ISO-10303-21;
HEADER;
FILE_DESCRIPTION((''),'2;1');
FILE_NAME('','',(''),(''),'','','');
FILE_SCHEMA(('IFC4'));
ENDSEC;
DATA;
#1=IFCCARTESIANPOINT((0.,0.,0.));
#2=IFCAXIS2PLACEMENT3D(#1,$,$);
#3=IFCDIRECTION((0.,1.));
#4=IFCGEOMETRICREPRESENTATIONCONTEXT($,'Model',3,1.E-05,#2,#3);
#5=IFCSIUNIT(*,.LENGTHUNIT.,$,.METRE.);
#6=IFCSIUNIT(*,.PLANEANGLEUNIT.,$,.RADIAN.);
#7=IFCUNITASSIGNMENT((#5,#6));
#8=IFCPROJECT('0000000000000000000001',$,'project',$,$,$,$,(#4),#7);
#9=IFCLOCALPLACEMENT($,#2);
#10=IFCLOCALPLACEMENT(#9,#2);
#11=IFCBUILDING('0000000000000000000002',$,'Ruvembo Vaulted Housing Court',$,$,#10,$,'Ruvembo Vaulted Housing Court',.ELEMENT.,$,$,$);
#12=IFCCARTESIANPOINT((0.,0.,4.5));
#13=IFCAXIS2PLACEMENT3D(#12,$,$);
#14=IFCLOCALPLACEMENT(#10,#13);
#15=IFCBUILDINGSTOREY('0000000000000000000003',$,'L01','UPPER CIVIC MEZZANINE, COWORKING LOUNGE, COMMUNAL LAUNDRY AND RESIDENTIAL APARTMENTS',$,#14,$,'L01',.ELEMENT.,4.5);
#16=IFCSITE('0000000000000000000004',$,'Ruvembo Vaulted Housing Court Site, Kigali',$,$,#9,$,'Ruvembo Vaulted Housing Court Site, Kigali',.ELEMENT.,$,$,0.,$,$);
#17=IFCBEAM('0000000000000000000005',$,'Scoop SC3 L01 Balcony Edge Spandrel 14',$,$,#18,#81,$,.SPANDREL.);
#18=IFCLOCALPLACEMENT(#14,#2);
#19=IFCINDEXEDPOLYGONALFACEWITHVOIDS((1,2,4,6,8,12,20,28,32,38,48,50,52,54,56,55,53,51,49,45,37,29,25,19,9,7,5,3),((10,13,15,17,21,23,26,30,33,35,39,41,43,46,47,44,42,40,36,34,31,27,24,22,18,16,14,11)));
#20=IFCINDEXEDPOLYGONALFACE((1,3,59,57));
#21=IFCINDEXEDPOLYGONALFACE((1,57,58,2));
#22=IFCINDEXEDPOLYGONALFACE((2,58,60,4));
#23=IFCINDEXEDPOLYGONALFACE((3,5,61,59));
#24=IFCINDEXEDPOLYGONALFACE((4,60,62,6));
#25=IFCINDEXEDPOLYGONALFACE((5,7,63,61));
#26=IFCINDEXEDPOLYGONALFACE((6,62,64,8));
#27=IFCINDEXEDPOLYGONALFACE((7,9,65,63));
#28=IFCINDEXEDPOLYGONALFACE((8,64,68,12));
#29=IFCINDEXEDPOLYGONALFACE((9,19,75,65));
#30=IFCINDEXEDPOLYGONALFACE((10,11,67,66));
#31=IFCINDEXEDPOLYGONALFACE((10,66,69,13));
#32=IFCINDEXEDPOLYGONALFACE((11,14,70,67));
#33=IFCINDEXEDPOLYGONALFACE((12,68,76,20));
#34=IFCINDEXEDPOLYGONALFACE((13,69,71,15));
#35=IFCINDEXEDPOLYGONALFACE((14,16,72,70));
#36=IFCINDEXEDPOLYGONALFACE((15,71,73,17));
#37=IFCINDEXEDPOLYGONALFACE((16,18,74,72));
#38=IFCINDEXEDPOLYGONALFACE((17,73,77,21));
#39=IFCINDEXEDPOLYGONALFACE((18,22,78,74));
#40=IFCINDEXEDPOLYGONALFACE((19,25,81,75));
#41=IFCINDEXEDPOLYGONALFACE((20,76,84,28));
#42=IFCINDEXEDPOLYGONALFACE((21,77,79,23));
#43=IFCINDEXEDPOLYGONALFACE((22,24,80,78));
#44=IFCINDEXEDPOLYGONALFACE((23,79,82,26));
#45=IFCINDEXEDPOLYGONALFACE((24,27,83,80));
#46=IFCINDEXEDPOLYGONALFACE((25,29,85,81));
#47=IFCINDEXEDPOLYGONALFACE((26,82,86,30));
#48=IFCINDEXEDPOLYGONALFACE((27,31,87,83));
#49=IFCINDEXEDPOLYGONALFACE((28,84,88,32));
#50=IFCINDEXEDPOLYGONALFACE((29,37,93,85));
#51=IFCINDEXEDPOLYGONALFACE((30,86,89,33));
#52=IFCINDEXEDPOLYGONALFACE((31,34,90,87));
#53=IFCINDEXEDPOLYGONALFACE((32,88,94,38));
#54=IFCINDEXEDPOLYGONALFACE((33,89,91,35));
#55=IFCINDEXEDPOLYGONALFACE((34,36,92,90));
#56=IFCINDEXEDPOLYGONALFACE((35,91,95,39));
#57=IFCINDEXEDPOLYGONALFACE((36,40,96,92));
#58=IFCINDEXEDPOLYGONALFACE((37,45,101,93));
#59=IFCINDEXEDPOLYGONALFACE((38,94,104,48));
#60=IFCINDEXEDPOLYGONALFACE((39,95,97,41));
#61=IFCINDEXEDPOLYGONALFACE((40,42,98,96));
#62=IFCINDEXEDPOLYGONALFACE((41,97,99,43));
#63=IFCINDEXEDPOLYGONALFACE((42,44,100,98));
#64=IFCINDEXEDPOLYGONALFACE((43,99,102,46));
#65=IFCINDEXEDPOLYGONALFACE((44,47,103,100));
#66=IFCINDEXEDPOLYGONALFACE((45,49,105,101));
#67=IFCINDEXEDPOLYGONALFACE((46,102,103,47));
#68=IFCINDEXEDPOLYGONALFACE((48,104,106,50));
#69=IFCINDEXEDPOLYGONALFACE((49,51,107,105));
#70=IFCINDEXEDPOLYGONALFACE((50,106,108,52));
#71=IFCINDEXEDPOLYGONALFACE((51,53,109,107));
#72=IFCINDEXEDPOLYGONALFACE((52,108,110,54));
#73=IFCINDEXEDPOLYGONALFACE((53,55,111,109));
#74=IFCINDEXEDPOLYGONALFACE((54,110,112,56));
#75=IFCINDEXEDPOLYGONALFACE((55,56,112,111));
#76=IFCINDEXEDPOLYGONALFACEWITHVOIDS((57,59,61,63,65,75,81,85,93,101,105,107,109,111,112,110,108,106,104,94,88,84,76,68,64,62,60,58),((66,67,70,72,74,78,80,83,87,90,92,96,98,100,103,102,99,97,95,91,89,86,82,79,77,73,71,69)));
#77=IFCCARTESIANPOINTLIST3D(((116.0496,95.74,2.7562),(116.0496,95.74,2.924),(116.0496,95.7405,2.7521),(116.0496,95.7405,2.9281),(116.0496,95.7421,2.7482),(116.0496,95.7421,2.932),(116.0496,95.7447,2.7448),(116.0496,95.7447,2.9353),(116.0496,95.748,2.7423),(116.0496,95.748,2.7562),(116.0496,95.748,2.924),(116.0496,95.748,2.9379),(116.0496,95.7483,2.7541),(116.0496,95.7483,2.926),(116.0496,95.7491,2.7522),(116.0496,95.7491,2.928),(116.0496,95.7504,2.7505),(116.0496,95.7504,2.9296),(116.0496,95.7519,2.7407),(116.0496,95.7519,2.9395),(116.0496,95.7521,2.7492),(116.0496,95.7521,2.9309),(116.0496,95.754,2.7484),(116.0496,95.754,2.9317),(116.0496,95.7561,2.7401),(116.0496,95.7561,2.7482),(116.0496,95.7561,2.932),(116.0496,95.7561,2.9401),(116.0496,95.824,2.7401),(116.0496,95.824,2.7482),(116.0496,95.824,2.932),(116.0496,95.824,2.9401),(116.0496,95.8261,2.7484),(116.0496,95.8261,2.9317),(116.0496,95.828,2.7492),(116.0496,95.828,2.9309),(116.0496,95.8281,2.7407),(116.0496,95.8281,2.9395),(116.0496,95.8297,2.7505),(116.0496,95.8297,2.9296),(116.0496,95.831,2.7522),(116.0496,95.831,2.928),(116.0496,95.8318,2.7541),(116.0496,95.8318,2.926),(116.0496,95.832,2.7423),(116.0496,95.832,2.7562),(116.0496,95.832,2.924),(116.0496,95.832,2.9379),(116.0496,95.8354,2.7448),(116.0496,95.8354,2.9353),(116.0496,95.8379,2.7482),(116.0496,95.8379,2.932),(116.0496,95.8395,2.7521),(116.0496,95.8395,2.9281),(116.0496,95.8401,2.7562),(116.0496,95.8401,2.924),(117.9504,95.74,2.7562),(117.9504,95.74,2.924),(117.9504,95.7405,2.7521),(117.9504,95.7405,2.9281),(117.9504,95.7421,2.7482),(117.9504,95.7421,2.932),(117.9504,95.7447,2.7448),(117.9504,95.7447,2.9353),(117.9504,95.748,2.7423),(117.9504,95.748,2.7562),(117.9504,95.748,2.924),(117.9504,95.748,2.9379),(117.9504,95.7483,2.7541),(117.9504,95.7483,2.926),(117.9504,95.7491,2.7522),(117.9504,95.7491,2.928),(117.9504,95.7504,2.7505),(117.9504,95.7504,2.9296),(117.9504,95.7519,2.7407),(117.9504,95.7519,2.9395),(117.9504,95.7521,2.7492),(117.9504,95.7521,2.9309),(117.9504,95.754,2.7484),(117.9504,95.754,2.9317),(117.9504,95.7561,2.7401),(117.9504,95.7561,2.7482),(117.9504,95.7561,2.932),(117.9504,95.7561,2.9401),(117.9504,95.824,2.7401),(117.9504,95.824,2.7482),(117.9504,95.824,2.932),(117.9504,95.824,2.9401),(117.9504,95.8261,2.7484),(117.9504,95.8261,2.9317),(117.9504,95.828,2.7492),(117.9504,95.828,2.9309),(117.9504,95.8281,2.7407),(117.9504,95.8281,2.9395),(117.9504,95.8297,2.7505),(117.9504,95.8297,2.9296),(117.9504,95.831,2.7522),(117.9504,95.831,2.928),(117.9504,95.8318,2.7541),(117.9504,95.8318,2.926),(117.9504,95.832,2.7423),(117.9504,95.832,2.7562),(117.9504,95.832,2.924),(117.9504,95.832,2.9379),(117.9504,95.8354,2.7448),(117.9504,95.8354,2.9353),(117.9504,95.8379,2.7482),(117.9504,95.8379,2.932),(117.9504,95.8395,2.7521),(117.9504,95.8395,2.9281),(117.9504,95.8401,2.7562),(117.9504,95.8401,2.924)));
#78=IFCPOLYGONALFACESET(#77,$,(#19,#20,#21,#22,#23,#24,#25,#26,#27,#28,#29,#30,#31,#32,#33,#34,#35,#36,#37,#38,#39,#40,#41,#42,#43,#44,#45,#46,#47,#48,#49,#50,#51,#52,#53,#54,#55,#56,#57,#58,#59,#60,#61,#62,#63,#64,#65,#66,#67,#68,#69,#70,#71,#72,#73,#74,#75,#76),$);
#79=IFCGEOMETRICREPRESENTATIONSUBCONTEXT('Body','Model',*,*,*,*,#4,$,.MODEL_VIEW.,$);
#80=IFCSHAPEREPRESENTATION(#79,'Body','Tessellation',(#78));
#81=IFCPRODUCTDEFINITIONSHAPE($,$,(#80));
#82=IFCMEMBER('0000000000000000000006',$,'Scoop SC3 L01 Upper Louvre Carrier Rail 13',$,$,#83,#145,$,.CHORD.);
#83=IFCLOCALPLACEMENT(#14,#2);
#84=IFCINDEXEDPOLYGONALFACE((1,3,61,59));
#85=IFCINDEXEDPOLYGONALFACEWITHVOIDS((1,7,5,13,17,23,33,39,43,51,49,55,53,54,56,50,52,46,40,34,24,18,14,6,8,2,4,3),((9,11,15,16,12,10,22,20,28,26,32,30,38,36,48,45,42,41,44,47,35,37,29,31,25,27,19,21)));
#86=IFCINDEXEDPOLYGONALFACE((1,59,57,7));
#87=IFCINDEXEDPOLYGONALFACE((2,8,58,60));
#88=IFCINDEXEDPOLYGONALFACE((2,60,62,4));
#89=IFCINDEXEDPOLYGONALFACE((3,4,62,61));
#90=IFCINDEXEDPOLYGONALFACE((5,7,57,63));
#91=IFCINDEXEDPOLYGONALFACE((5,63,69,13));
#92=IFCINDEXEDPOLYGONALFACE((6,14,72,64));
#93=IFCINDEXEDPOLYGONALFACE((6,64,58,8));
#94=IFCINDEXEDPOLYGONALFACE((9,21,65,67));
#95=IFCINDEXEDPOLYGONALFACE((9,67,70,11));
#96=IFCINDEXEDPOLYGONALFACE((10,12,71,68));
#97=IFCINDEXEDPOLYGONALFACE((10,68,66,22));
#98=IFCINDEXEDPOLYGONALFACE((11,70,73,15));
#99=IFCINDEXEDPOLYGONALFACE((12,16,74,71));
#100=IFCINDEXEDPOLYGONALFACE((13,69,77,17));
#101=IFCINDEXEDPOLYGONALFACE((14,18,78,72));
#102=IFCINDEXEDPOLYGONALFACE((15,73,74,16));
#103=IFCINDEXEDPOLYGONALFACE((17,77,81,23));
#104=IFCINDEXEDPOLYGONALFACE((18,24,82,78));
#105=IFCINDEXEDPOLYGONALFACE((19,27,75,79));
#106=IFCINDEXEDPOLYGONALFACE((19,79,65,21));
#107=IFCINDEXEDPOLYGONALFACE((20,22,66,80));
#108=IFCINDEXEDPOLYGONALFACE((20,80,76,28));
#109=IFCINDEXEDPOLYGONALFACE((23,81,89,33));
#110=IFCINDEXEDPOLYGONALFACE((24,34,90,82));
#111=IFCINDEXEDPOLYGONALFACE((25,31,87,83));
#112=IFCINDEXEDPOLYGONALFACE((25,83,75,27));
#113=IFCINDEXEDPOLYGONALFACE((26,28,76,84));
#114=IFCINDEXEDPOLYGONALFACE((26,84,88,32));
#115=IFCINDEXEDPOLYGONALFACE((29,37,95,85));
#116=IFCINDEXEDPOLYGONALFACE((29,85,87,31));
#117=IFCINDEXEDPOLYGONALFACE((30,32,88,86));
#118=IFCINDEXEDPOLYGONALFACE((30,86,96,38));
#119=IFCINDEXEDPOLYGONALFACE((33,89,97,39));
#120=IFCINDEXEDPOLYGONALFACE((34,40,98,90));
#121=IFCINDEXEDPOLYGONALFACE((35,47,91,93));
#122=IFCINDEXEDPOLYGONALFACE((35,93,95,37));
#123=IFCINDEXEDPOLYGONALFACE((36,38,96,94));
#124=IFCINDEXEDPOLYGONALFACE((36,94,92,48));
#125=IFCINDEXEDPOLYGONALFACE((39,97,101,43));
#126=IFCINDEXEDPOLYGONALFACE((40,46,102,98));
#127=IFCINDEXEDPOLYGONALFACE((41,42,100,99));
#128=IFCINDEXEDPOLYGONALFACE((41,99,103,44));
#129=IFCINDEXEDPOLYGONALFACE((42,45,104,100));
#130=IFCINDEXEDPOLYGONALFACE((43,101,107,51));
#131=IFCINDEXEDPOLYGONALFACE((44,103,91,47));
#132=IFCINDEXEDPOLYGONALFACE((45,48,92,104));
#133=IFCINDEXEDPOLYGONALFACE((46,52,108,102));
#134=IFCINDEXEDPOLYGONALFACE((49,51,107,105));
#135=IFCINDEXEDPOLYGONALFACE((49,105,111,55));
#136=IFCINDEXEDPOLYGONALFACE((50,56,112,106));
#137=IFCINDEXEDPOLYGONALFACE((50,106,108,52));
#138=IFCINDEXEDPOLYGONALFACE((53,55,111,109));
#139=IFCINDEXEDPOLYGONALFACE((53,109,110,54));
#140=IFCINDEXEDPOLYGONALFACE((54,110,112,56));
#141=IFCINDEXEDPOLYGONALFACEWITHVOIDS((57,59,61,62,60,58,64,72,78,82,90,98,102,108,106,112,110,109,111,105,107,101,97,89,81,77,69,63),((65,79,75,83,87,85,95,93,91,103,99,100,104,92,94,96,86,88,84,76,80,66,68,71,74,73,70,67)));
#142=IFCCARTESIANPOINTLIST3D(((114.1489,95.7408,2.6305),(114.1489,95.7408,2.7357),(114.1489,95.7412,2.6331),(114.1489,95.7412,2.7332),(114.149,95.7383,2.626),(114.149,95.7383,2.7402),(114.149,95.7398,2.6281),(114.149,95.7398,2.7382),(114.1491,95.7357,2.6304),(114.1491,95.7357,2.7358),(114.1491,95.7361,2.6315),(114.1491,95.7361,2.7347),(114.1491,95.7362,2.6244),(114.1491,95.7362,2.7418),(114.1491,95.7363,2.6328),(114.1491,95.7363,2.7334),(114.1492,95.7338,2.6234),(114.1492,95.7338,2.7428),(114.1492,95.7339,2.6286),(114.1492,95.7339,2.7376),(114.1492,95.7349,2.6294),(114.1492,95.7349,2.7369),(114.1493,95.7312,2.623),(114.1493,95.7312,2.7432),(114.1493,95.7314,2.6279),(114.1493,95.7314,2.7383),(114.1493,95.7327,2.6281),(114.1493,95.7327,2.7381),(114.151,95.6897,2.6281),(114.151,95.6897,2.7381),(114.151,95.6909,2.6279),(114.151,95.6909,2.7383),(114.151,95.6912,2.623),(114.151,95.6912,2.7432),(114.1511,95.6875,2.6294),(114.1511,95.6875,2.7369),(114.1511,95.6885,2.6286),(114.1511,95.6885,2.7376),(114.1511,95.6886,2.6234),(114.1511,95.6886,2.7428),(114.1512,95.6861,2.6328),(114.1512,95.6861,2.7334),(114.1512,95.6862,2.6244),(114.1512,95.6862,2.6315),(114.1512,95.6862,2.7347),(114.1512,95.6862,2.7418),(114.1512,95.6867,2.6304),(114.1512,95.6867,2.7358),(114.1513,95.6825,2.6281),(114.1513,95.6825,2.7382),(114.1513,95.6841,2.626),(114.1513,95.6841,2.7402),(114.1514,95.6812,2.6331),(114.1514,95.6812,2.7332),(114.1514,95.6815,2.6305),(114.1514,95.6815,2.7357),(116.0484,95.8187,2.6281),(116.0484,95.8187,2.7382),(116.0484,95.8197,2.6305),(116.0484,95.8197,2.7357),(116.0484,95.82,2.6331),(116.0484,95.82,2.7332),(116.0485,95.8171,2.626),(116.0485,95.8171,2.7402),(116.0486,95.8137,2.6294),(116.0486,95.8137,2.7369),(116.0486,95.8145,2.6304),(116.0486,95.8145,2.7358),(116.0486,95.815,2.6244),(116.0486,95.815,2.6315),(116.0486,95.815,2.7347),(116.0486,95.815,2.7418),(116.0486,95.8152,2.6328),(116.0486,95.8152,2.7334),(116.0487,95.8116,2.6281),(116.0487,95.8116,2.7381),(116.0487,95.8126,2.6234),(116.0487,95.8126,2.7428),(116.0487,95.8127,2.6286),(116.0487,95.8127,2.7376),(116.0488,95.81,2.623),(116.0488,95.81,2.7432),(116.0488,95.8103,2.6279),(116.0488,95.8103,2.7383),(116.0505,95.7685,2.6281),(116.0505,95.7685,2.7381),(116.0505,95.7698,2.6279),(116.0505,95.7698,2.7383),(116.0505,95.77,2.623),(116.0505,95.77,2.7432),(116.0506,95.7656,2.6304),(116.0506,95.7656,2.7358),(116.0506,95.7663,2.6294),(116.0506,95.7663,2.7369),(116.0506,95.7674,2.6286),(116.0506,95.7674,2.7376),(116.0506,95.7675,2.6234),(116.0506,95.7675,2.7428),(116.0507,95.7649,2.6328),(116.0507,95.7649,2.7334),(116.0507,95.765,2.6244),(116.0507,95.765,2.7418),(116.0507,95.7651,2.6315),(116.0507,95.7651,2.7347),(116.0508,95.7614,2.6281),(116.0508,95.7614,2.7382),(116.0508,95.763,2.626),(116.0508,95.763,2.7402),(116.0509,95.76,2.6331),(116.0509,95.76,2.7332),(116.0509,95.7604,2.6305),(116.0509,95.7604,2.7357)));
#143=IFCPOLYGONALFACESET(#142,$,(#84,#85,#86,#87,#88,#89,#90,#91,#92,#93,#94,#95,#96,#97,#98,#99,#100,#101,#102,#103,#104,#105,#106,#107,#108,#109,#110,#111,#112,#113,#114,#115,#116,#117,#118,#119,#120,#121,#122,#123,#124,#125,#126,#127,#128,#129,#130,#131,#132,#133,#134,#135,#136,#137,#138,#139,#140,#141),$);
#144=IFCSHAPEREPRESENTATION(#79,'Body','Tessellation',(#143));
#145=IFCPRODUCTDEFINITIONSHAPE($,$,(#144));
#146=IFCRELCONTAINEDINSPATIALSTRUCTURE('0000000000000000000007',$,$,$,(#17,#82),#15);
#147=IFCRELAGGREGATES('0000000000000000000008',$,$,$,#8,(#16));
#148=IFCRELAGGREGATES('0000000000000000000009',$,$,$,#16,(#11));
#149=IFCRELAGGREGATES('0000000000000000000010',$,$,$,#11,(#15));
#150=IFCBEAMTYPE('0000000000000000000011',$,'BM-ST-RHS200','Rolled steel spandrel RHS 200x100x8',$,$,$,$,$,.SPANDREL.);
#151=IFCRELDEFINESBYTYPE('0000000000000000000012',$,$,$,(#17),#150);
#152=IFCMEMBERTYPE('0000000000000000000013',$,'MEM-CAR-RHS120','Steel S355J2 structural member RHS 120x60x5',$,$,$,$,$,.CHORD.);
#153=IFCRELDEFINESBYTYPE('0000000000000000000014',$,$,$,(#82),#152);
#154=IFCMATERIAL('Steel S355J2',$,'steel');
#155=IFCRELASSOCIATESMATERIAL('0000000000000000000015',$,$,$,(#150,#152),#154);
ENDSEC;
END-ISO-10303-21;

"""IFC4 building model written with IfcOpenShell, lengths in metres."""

from ifc_helpers import new_model, si_unit, direction, frame, origin, origin_2d, place, context, subcontext, project, spatial, hollow_rectangle, extrude, material, material_profile, profile_set, type_object, element, save


model = new_model("IFC4")

# Units and contexts
model_context = context("Model", 3, precision=1e-05, world=origin(), true_north=direction((0.0, 1.0)))
body_context = subcontext(model_context, "Body", "Model", "MODEL_VIEW")
ifc_project = project(units=[si_unit("LENGTHUNIT", "METRE"), si_unit("PLANEANGLEUNIT", "RADIAN")], contexts=[model_context])

# Site, building, storey
site_placement = place(None, origin())
site = spatial("IfcSite", under=ifc_project, at=site_placement, Name="Ruvembo Vaulted Housing Court Site, Kigali", LongName="Ruvembo Vaulted Housing Court Site, Kigali", CompositionType="ELEMENT", RefElevation=0.0)
building_placement = place(site_placement, origin())
building = spatial("IfcBuilding", under=site, at=building_placement, Name="Ruvembo Vaulted Housing Court", LongName="Ruvembo Vaulted Housing Court", CompositionType="ELEMENT")
storey_placement = place(building_placement, frame((0.0, 0.0, 4.5)))
storey = spatial("IfcBuildingStorey", under=building, at=storey_placement, Name="L01", Description="UPPER CIVIC MEZZANINE, COWORKING LOUNGE, COMMUNAL LAUNDRY AND RESIDENTIAL APARTMENTS", LongName="L01", CompositionType="ELEMENT", Elevation=4.5)

# Beam
ifc_material_1 = material(Name="Steel S355J2", Category="steel")
ifc_material_profile_1 = material_profile(ifc_material_1, hollow_rectangle(XDim=0.1001, YDim=0.2, WallThickness=0.0081, InnerFilletRadius=0.0081, OuterFilletRadius=0.0161, at=origin_2d()), Name="RHS 200x100x8")
ifc_profile_set_1 = profile_set([ifc_material_profile_1], Name="Steel S355J2")
beam_type_1 = type_object("IfcBeamType", Name="BM-ST-RHS200", Description="Rolled steel spandrel RHS 200x100x8", PredefinedType="SPANDREL", material=ifc_profile_set_1)
beam_1_placement = place(storey_placement, frame((116.0496, 95.79, 2.8401), z_axis=(1.0, 0.0, 0.0), x_axis=(0.0, 1.0, 0.0)))
element("IfcBeam", 1, at=beam_1_placement, inside=storey, type_object=beam_type_1, Name="Scoop SC3 L01 Balcony Edge Spandrel 14", PredefinedType="SPANDREL", context=body_context, shape_type="SweptSolid", body=[
    extrude(hollow_rectangle(XDim=0.1001, YDim=0.2, WallThickness=0.0081, InnerFilletRadius=0.0081, OuterFilletRadius=0.0161, at=origin_2d()), origin(), (0.0, 0.0, 1.0), 1.9009),
])

# Member
ifc_material_profile_2 = material_profile(ifc_material_1, hollow_rectangle(XDim=0.0601, YDim=0.1201, WallThickness=0.0049, InnerFilletRadius=0.0049, OuterFilletRadius=0.01, at=origin_2d()), Name="RHS 120x60x5")
ifc_profile_set_2 = profile_set([ifc_material_profile_2], Name="Steel S355J2")
member_type_1 = type_object("IfcMemberType", Name="MEM-CAR-RHS120", Description="Steel S355J2 structural member RHS 120x60x5", PredefinedType="CHORD", material=ifc_profile_set_2)
member_1_placement = place(storey_placement, frame((114.1501, 95.7112, 2.6831), z_axis=(0.999139, 0.041481, 0.0), x_axis=(-0.041481, 0.999139, 0.0)))
element("IfcMember", 2, at=member_1_placement, inside=storey, type_object=member_type_1, Name="Scoop SC3 L01 Upper Louvre Carrier Rail 13", PredefinedType="CHORD", context=body_context, shape_type="SweptSolid", body=[
    extrude(hollow_rectangle(XDim=0.0601, YDim=0.1201, WallThickness=0.0049, InnerFilletRadius=0.0049, OuterFilletRadius=0.01, at=origin_2d()), origin(), (0.0, 0.0, 1.0), 1.9011),
])

save(model, "model.ifc")
